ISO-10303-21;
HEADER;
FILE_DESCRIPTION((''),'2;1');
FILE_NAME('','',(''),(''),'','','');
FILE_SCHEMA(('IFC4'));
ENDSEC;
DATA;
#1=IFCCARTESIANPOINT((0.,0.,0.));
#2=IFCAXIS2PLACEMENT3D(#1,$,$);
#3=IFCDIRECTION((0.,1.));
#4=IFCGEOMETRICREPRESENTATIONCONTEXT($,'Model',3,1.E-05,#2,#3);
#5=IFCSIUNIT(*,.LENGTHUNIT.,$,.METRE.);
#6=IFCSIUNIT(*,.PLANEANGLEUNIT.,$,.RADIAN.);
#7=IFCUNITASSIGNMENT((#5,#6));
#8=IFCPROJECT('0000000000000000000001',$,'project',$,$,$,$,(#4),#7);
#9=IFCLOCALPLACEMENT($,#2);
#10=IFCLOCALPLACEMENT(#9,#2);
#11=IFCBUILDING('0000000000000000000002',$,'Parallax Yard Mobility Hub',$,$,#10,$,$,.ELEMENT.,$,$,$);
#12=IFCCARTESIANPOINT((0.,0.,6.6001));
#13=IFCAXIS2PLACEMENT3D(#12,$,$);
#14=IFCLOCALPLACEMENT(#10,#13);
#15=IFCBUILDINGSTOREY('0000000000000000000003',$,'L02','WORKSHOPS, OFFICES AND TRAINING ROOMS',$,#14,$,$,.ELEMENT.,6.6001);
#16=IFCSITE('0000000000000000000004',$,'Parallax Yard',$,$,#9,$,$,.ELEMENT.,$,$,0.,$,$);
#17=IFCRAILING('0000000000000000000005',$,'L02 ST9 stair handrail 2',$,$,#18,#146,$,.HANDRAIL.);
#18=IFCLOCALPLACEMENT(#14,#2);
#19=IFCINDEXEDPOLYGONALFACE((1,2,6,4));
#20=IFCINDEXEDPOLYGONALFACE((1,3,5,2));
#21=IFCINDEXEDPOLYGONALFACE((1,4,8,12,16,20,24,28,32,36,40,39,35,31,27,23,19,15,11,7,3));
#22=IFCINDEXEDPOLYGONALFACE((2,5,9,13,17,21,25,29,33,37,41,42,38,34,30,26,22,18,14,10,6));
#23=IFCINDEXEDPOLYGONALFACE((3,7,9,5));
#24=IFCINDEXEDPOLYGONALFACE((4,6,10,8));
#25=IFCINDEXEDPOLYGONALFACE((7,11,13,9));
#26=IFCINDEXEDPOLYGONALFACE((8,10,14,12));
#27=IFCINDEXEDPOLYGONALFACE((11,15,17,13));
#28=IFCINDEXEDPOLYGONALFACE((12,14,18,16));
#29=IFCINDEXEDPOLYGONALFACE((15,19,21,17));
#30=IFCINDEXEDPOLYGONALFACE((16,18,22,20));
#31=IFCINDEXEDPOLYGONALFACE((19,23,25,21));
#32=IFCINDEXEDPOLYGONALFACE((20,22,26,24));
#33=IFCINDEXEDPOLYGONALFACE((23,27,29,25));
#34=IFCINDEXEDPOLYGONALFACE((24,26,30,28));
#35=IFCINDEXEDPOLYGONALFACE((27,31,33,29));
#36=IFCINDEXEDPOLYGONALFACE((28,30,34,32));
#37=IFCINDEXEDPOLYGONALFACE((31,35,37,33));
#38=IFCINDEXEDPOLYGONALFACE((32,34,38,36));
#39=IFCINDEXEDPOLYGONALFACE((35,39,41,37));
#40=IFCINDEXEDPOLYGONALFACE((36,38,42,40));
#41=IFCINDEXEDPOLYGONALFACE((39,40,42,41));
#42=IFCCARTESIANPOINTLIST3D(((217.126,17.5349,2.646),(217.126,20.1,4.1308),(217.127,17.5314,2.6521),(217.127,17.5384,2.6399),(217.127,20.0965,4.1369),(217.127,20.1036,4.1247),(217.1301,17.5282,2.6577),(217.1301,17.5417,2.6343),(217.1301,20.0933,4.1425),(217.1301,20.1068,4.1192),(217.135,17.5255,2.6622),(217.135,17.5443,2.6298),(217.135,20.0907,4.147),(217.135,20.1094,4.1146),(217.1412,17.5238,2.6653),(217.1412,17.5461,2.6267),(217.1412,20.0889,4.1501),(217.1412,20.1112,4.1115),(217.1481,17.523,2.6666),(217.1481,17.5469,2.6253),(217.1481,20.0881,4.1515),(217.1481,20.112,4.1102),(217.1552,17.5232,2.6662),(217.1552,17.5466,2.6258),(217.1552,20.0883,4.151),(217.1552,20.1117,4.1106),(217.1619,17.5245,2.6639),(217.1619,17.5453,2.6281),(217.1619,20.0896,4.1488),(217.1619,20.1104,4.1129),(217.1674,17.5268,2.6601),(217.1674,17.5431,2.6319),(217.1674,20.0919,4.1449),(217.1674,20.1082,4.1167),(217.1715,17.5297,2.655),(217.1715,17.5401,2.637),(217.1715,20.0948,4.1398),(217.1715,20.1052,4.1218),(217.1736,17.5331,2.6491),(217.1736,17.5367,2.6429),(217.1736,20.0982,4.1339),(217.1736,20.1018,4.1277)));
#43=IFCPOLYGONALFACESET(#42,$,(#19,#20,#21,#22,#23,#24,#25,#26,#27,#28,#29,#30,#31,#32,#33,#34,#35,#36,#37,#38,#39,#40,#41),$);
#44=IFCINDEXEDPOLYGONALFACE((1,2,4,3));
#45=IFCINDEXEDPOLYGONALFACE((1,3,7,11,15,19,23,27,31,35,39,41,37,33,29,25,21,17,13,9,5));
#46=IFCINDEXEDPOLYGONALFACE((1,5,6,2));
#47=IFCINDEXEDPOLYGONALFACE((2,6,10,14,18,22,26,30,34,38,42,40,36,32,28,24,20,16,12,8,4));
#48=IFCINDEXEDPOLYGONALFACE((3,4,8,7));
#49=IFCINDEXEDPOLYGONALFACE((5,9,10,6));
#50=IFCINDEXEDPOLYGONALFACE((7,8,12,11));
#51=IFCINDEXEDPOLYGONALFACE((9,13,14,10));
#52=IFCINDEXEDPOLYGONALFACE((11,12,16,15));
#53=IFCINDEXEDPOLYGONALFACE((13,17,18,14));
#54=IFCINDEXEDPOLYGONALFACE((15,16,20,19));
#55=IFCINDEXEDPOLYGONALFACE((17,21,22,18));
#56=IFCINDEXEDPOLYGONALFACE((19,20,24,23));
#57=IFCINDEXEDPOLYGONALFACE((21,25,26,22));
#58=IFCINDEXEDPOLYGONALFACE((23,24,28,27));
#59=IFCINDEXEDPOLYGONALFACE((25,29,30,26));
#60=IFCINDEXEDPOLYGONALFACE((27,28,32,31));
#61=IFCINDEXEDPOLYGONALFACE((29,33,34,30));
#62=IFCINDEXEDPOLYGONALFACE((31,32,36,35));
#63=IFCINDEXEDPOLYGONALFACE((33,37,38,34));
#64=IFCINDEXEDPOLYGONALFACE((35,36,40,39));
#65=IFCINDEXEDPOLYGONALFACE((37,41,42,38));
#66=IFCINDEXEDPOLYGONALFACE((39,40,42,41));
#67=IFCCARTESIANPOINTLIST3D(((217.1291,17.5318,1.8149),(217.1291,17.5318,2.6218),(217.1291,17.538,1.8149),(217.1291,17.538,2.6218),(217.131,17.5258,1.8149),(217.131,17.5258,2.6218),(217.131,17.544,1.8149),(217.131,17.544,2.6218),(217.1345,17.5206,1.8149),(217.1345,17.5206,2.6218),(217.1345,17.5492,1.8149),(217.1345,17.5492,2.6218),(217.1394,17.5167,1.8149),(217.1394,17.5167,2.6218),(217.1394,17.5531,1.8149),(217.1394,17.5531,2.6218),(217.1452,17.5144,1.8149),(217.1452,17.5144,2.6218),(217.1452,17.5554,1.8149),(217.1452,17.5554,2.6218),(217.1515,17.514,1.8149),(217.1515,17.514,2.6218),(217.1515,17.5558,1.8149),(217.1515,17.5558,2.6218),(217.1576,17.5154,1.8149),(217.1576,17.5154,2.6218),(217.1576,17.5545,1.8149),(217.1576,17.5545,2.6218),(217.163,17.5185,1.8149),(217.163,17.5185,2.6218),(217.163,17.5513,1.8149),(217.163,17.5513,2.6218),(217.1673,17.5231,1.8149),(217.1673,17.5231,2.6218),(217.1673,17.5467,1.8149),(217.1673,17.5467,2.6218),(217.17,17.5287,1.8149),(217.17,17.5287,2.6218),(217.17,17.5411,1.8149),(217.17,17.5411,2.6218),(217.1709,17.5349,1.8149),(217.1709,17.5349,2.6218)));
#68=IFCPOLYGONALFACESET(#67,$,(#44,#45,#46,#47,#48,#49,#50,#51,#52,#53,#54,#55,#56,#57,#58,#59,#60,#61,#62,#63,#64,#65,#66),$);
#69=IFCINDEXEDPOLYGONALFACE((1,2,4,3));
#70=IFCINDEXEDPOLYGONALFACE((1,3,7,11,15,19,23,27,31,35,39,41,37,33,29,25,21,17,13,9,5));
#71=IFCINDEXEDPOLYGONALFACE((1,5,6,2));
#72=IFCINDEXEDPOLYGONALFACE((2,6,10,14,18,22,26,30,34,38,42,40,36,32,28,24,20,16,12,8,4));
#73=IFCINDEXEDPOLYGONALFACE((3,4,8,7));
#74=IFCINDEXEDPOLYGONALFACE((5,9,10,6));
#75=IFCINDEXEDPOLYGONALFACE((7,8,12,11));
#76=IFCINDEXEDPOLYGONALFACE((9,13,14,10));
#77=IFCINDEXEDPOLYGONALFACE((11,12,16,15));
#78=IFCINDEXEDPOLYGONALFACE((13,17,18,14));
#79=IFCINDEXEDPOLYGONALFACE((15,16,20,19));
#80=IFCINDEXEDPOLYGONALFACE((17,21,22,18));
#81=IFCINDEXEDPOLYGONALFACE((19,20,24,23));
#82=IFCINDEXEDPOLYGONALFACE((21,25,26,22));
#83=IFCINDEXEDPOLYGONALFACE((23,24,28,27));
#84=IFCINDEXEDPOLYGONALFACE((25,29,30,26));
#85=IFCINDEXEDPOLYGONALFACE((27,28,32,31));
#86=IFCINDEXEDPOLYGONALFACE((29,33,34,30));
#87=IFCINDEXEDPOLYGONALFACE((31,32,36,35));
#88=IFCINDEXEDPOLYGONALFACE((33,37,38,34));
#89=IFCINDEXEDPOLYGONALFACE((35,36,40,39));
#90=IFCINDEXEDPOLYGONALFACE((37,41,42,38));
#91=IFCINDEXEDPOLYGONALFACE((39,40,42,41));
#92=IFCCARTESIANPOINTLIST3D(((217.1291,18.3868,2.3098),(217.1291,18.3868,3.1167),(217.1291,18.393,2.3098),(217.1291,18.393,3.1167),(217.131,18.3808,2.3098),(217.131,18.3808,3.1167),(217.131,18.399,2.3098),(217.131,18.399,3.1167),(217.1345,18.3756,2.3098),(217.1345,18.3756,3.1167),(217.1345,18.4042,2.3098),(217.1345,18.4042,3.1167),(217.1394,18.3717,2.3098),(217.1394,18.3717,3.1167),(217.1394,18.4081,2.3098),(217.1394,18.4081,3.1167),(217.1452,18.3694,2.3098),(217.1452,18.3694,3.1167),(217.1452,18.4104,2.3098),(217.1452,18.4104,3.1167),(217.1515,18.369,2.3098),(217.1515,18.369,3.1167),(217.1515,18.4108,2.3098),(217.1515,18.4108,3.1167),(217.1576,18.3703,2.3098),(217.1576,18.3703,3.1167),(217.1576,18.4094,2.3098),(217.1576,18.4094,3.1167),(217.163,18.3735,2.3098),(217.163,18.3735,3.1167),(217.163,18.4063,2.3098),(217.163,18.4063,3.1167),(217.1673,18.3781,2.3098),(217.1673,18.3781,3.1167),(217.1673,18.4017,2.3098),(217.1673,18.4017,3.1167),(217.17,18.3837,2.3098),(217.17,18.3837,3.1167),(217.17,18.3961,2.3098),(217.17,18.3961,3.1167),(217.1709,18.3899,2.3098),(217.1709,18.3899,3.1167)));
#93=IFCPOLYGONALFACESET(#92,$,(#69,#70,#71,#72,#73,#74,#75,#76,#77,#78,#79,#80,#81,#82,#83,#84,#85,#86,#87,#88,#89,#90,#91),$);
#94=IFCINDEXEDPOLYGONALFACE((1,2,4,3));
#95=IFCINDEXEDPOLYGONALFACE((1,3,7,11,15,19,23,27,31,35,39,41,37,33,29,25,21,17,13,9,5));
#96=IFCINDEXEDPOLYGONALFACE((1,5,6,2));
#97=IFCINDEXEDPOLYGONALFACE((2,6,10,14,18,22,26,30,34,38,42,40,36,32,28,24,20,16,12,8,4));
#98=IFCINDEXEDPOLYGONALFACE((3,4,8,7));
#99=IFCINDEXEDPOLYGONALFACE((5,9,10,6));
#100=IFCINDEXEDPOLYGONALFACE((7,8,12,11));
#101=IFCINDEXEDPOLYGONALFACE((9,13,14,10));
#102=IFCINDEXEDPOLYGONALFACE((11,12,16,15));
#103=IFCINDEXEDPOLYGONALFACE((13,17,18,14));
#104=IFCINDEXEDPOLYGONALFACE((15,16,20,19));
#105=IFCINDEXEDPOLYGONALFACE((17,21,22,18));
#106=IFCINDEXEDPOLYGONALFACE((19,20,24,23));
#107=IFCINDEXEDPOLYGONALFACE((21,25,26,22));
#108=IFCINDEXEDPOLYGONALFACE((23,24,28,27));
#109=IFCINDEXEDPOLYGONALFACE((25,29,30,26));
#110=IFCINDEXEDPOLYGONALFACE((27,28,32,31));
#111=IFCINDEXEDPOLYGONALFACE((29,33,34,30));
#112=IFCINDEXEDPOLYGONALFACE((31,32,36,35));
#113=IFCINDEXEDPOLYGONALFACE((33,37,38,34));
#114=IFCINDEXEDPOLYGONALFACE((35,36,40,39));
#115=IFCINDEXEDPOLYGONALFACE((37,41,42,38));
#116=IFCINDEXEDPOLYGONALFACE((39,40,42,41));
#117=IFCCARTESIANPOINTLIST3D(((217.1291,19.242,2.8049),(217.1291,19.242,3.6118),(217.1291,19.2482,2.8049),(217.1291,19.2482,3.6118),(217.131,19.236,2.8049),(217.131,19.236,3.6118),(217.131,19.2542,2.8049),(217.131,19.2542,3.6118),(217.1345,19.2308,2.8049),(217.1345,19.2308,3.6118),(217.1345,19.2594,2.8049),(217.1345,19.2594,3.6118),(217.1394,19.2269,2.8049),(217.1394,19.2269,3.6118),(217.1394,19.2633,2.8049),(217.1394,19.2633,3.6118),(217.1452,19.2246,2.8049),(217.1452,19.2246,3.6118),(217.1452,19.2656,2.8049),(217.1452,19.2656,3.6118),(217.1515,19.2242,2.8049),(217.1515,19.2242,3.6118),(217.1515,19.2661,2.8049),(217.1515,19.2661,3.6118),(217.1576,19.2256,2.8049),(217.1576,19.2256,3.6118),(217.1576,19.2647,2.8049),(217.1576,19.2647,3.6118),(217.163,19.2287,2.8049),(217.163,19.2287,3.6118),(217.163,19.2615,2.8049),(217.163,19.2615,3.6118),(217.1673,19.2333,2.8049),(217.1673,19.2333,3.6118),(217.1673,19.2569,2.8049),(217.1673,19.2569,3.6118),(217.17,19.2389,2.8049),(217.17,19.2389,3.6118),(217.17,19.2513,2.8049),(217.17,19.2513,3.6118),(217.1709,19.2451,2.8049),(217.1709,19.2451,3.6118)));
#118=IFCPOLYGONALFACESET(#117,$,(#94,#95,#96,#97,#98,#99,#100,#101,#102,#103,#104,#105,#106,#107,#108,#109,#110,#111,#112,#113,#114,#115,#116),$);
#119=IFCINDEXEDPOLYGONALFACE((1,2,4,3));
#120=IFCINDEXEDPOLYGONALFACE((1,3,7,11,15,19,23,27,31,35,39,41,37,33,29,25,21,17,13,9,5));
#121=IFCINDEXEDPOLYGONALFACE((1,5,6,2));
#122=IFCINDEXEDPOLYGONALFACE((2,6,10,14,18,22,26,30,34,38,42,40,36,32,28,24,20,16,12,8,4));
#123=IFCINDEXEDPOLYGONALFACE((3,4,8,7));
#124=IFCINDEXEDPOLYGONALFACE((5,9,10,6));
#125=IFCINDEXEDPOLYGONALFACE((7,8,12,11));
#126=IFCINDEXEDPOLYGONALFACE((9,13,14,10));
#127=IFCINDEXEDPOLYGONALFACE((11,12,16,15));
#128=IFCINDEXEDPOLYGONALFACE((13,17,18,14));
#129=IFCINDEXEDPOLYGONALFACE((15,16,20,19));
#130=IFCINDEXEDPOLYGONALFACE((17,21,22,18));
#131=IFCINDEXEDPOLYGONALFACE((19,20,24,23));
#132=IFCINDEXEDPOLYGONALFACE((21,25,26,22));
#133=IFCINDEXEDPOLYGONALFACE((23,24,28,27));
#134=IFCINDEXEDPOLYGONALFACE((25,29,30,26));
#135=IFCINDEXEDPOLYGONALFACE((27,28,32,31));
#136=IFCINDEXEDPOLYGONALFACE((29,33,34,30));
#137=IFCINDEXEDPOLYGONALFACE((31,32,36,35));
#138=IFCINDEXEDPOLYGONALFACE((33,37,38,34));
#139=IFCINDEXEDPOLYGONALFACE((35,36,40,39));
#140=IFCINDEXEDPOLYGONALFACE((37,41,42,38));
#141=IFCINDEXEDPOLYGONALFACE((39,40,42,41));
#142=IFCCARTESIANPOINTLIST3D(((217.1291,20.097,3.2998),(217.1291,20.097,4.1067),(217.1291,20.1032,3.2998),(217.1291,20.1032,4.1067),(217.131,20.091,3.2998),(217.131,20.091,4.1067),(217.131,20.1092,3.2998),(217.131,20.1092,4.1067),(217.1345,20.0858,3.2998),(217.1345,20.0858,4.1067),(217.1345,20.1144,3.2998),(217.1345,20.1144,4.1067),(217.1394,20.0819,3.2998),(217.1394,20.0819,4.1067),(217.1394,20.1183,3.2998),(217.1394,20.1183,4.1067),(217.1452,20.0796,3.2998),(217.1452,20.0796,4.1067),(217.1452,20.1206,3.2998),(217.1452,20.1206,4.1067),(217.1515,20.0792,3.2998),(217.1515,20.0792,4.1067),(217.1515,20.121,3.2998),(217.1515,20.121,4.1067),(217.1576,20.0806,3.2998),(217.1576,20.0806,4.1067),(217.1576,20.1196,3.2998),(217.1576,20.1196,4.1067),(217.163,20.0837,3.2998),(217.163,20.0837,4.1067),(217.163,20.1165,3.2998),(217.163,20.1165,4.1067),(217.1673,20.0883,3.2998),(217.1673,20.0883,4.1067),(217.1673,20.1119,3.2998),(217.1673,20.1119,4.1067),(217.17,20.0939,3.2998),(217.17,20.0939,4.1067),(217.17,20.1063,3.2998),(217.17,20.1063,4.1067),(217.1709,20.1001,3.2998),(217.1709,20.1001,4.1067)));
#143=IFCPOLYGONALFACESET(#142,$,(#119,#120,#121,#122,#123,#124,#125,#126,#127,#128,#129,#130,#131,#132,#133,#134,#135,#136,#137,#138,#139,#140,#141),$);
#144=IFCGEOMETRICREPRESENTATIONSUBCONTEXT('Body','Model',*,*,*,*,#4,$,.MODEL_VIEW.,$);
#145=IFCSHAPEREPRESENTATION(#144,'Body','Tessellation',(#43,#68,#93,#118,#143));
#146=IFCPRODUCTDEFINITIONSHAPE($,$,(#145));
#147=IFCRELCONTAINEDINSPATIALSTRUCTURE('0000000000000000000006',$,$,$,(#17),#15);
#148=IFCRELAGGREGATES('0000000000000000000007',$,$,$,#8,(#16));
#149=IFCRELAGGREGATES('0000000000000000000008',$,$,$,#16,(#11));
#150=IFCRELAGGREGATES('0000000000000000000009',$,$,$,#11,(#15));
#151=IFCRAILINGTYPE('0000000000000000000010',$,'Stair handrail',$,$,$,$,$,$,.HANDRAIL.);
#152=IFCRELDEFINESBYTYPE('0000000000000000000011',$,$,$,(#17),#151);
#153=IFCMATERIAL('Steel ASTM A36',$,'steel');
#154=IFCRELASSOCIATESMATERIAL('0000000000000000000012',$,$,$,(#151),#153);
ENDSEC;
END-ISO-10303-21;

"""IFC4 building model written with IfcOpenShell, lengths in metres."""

from ifc_helpers import new_model, si_unit, direction, frame, origin, origin_2d, place, context, subcontext, project, spatial, circle, extrude, material, type_object, element, save


model = new_model("IFC4")

# Units and contexts
model_context = context("Model", 3, precision=1e-05, world=origin(), true_north=direction((0.0, 1.0)))
body_context = subcontext(model_context, "Body", "Model", "MODEL_VIEW")
ifc_project = project(units=[si_unit("LENGTHUNIT", "METRE"), si_unit("PLANEANGLEUNIT", "RADIAN")], contexts=[model_context])

# Site, building, storey
site_placement = place(None, origin())
site = spatial("IfcSite", under=ifc_project, at=site_placement, Name="Parallax Yard", CompositionType="ELEMENT", RefElevation=0.0)
building_placement = place(site_placement, origin())
building = spatial("IfcBuilding", under=site, at=building_placement, Name="Parallax Yard Mobility Hub", CompositionType="ELEMENT")
storey_placement = place(building_placement, frame((0.0, 0.0, 6.6001)))
storey = spatial("IfcBuildingStorey", under=building, at=storey_placement, Name="L02", Description="WORKSHOPS, OFFICES AND TRAINING ROOMS", CompositionType="ELEMENT", Elevation=6.6001)

# Railing
ifc_material_1 = material(Name="Steel ASTM A36", Category="steel")
railing_type_1 = type_object("IfcRailingType", Name="Stair handrail", PredefinedType="HANDRAIL", material=ifc_material_1)
railing_1_placement = place(storey_placement, frame((217.1499, 17.5349, 1.8149)))
element("IfcRailing", 1, at=railing_1_placement, inside=storey, type_object=railing_type_1, Name="L02 ST9 stair handrail 2", PredefinedType="HANDRAIL", context=body_context, shape_type="SweptSolid", body=[
    extrude(circle(Radius=0.0239, at=origin_2d()), frame((0.0, 0.0, 0.8311), z_axis=(0.0, 0.865462, 0.500975), x_axis=(-1.0, 0.0, 0.0)), (0.0, 0.0, 1.0), 2.9639),
    extrude(circle(Radius=0.021, at=origin_2d()), origin(), (0.0, 0.0, 1.0), 0.8069),
    extrude(circle(Radius=0.021, at=origin_2d()), frame((0.0, 0.855, 0.4949)), (0.0, 0.0, 1.0), 0.8069),
    extrude(circle(Radius=0.021, at=origin_2d()), frame((0.0, 1.7102, 0.99)), (0.0, 0.0, 1.0), 0.8069),
    extrude(circle(Radius=0.021, at=origin_2d()), frame((0.0, 2.5652, 1.4849)), (0.0, 0.0, 1.0), 0.8069),
])

save(model, "model.ifc")
